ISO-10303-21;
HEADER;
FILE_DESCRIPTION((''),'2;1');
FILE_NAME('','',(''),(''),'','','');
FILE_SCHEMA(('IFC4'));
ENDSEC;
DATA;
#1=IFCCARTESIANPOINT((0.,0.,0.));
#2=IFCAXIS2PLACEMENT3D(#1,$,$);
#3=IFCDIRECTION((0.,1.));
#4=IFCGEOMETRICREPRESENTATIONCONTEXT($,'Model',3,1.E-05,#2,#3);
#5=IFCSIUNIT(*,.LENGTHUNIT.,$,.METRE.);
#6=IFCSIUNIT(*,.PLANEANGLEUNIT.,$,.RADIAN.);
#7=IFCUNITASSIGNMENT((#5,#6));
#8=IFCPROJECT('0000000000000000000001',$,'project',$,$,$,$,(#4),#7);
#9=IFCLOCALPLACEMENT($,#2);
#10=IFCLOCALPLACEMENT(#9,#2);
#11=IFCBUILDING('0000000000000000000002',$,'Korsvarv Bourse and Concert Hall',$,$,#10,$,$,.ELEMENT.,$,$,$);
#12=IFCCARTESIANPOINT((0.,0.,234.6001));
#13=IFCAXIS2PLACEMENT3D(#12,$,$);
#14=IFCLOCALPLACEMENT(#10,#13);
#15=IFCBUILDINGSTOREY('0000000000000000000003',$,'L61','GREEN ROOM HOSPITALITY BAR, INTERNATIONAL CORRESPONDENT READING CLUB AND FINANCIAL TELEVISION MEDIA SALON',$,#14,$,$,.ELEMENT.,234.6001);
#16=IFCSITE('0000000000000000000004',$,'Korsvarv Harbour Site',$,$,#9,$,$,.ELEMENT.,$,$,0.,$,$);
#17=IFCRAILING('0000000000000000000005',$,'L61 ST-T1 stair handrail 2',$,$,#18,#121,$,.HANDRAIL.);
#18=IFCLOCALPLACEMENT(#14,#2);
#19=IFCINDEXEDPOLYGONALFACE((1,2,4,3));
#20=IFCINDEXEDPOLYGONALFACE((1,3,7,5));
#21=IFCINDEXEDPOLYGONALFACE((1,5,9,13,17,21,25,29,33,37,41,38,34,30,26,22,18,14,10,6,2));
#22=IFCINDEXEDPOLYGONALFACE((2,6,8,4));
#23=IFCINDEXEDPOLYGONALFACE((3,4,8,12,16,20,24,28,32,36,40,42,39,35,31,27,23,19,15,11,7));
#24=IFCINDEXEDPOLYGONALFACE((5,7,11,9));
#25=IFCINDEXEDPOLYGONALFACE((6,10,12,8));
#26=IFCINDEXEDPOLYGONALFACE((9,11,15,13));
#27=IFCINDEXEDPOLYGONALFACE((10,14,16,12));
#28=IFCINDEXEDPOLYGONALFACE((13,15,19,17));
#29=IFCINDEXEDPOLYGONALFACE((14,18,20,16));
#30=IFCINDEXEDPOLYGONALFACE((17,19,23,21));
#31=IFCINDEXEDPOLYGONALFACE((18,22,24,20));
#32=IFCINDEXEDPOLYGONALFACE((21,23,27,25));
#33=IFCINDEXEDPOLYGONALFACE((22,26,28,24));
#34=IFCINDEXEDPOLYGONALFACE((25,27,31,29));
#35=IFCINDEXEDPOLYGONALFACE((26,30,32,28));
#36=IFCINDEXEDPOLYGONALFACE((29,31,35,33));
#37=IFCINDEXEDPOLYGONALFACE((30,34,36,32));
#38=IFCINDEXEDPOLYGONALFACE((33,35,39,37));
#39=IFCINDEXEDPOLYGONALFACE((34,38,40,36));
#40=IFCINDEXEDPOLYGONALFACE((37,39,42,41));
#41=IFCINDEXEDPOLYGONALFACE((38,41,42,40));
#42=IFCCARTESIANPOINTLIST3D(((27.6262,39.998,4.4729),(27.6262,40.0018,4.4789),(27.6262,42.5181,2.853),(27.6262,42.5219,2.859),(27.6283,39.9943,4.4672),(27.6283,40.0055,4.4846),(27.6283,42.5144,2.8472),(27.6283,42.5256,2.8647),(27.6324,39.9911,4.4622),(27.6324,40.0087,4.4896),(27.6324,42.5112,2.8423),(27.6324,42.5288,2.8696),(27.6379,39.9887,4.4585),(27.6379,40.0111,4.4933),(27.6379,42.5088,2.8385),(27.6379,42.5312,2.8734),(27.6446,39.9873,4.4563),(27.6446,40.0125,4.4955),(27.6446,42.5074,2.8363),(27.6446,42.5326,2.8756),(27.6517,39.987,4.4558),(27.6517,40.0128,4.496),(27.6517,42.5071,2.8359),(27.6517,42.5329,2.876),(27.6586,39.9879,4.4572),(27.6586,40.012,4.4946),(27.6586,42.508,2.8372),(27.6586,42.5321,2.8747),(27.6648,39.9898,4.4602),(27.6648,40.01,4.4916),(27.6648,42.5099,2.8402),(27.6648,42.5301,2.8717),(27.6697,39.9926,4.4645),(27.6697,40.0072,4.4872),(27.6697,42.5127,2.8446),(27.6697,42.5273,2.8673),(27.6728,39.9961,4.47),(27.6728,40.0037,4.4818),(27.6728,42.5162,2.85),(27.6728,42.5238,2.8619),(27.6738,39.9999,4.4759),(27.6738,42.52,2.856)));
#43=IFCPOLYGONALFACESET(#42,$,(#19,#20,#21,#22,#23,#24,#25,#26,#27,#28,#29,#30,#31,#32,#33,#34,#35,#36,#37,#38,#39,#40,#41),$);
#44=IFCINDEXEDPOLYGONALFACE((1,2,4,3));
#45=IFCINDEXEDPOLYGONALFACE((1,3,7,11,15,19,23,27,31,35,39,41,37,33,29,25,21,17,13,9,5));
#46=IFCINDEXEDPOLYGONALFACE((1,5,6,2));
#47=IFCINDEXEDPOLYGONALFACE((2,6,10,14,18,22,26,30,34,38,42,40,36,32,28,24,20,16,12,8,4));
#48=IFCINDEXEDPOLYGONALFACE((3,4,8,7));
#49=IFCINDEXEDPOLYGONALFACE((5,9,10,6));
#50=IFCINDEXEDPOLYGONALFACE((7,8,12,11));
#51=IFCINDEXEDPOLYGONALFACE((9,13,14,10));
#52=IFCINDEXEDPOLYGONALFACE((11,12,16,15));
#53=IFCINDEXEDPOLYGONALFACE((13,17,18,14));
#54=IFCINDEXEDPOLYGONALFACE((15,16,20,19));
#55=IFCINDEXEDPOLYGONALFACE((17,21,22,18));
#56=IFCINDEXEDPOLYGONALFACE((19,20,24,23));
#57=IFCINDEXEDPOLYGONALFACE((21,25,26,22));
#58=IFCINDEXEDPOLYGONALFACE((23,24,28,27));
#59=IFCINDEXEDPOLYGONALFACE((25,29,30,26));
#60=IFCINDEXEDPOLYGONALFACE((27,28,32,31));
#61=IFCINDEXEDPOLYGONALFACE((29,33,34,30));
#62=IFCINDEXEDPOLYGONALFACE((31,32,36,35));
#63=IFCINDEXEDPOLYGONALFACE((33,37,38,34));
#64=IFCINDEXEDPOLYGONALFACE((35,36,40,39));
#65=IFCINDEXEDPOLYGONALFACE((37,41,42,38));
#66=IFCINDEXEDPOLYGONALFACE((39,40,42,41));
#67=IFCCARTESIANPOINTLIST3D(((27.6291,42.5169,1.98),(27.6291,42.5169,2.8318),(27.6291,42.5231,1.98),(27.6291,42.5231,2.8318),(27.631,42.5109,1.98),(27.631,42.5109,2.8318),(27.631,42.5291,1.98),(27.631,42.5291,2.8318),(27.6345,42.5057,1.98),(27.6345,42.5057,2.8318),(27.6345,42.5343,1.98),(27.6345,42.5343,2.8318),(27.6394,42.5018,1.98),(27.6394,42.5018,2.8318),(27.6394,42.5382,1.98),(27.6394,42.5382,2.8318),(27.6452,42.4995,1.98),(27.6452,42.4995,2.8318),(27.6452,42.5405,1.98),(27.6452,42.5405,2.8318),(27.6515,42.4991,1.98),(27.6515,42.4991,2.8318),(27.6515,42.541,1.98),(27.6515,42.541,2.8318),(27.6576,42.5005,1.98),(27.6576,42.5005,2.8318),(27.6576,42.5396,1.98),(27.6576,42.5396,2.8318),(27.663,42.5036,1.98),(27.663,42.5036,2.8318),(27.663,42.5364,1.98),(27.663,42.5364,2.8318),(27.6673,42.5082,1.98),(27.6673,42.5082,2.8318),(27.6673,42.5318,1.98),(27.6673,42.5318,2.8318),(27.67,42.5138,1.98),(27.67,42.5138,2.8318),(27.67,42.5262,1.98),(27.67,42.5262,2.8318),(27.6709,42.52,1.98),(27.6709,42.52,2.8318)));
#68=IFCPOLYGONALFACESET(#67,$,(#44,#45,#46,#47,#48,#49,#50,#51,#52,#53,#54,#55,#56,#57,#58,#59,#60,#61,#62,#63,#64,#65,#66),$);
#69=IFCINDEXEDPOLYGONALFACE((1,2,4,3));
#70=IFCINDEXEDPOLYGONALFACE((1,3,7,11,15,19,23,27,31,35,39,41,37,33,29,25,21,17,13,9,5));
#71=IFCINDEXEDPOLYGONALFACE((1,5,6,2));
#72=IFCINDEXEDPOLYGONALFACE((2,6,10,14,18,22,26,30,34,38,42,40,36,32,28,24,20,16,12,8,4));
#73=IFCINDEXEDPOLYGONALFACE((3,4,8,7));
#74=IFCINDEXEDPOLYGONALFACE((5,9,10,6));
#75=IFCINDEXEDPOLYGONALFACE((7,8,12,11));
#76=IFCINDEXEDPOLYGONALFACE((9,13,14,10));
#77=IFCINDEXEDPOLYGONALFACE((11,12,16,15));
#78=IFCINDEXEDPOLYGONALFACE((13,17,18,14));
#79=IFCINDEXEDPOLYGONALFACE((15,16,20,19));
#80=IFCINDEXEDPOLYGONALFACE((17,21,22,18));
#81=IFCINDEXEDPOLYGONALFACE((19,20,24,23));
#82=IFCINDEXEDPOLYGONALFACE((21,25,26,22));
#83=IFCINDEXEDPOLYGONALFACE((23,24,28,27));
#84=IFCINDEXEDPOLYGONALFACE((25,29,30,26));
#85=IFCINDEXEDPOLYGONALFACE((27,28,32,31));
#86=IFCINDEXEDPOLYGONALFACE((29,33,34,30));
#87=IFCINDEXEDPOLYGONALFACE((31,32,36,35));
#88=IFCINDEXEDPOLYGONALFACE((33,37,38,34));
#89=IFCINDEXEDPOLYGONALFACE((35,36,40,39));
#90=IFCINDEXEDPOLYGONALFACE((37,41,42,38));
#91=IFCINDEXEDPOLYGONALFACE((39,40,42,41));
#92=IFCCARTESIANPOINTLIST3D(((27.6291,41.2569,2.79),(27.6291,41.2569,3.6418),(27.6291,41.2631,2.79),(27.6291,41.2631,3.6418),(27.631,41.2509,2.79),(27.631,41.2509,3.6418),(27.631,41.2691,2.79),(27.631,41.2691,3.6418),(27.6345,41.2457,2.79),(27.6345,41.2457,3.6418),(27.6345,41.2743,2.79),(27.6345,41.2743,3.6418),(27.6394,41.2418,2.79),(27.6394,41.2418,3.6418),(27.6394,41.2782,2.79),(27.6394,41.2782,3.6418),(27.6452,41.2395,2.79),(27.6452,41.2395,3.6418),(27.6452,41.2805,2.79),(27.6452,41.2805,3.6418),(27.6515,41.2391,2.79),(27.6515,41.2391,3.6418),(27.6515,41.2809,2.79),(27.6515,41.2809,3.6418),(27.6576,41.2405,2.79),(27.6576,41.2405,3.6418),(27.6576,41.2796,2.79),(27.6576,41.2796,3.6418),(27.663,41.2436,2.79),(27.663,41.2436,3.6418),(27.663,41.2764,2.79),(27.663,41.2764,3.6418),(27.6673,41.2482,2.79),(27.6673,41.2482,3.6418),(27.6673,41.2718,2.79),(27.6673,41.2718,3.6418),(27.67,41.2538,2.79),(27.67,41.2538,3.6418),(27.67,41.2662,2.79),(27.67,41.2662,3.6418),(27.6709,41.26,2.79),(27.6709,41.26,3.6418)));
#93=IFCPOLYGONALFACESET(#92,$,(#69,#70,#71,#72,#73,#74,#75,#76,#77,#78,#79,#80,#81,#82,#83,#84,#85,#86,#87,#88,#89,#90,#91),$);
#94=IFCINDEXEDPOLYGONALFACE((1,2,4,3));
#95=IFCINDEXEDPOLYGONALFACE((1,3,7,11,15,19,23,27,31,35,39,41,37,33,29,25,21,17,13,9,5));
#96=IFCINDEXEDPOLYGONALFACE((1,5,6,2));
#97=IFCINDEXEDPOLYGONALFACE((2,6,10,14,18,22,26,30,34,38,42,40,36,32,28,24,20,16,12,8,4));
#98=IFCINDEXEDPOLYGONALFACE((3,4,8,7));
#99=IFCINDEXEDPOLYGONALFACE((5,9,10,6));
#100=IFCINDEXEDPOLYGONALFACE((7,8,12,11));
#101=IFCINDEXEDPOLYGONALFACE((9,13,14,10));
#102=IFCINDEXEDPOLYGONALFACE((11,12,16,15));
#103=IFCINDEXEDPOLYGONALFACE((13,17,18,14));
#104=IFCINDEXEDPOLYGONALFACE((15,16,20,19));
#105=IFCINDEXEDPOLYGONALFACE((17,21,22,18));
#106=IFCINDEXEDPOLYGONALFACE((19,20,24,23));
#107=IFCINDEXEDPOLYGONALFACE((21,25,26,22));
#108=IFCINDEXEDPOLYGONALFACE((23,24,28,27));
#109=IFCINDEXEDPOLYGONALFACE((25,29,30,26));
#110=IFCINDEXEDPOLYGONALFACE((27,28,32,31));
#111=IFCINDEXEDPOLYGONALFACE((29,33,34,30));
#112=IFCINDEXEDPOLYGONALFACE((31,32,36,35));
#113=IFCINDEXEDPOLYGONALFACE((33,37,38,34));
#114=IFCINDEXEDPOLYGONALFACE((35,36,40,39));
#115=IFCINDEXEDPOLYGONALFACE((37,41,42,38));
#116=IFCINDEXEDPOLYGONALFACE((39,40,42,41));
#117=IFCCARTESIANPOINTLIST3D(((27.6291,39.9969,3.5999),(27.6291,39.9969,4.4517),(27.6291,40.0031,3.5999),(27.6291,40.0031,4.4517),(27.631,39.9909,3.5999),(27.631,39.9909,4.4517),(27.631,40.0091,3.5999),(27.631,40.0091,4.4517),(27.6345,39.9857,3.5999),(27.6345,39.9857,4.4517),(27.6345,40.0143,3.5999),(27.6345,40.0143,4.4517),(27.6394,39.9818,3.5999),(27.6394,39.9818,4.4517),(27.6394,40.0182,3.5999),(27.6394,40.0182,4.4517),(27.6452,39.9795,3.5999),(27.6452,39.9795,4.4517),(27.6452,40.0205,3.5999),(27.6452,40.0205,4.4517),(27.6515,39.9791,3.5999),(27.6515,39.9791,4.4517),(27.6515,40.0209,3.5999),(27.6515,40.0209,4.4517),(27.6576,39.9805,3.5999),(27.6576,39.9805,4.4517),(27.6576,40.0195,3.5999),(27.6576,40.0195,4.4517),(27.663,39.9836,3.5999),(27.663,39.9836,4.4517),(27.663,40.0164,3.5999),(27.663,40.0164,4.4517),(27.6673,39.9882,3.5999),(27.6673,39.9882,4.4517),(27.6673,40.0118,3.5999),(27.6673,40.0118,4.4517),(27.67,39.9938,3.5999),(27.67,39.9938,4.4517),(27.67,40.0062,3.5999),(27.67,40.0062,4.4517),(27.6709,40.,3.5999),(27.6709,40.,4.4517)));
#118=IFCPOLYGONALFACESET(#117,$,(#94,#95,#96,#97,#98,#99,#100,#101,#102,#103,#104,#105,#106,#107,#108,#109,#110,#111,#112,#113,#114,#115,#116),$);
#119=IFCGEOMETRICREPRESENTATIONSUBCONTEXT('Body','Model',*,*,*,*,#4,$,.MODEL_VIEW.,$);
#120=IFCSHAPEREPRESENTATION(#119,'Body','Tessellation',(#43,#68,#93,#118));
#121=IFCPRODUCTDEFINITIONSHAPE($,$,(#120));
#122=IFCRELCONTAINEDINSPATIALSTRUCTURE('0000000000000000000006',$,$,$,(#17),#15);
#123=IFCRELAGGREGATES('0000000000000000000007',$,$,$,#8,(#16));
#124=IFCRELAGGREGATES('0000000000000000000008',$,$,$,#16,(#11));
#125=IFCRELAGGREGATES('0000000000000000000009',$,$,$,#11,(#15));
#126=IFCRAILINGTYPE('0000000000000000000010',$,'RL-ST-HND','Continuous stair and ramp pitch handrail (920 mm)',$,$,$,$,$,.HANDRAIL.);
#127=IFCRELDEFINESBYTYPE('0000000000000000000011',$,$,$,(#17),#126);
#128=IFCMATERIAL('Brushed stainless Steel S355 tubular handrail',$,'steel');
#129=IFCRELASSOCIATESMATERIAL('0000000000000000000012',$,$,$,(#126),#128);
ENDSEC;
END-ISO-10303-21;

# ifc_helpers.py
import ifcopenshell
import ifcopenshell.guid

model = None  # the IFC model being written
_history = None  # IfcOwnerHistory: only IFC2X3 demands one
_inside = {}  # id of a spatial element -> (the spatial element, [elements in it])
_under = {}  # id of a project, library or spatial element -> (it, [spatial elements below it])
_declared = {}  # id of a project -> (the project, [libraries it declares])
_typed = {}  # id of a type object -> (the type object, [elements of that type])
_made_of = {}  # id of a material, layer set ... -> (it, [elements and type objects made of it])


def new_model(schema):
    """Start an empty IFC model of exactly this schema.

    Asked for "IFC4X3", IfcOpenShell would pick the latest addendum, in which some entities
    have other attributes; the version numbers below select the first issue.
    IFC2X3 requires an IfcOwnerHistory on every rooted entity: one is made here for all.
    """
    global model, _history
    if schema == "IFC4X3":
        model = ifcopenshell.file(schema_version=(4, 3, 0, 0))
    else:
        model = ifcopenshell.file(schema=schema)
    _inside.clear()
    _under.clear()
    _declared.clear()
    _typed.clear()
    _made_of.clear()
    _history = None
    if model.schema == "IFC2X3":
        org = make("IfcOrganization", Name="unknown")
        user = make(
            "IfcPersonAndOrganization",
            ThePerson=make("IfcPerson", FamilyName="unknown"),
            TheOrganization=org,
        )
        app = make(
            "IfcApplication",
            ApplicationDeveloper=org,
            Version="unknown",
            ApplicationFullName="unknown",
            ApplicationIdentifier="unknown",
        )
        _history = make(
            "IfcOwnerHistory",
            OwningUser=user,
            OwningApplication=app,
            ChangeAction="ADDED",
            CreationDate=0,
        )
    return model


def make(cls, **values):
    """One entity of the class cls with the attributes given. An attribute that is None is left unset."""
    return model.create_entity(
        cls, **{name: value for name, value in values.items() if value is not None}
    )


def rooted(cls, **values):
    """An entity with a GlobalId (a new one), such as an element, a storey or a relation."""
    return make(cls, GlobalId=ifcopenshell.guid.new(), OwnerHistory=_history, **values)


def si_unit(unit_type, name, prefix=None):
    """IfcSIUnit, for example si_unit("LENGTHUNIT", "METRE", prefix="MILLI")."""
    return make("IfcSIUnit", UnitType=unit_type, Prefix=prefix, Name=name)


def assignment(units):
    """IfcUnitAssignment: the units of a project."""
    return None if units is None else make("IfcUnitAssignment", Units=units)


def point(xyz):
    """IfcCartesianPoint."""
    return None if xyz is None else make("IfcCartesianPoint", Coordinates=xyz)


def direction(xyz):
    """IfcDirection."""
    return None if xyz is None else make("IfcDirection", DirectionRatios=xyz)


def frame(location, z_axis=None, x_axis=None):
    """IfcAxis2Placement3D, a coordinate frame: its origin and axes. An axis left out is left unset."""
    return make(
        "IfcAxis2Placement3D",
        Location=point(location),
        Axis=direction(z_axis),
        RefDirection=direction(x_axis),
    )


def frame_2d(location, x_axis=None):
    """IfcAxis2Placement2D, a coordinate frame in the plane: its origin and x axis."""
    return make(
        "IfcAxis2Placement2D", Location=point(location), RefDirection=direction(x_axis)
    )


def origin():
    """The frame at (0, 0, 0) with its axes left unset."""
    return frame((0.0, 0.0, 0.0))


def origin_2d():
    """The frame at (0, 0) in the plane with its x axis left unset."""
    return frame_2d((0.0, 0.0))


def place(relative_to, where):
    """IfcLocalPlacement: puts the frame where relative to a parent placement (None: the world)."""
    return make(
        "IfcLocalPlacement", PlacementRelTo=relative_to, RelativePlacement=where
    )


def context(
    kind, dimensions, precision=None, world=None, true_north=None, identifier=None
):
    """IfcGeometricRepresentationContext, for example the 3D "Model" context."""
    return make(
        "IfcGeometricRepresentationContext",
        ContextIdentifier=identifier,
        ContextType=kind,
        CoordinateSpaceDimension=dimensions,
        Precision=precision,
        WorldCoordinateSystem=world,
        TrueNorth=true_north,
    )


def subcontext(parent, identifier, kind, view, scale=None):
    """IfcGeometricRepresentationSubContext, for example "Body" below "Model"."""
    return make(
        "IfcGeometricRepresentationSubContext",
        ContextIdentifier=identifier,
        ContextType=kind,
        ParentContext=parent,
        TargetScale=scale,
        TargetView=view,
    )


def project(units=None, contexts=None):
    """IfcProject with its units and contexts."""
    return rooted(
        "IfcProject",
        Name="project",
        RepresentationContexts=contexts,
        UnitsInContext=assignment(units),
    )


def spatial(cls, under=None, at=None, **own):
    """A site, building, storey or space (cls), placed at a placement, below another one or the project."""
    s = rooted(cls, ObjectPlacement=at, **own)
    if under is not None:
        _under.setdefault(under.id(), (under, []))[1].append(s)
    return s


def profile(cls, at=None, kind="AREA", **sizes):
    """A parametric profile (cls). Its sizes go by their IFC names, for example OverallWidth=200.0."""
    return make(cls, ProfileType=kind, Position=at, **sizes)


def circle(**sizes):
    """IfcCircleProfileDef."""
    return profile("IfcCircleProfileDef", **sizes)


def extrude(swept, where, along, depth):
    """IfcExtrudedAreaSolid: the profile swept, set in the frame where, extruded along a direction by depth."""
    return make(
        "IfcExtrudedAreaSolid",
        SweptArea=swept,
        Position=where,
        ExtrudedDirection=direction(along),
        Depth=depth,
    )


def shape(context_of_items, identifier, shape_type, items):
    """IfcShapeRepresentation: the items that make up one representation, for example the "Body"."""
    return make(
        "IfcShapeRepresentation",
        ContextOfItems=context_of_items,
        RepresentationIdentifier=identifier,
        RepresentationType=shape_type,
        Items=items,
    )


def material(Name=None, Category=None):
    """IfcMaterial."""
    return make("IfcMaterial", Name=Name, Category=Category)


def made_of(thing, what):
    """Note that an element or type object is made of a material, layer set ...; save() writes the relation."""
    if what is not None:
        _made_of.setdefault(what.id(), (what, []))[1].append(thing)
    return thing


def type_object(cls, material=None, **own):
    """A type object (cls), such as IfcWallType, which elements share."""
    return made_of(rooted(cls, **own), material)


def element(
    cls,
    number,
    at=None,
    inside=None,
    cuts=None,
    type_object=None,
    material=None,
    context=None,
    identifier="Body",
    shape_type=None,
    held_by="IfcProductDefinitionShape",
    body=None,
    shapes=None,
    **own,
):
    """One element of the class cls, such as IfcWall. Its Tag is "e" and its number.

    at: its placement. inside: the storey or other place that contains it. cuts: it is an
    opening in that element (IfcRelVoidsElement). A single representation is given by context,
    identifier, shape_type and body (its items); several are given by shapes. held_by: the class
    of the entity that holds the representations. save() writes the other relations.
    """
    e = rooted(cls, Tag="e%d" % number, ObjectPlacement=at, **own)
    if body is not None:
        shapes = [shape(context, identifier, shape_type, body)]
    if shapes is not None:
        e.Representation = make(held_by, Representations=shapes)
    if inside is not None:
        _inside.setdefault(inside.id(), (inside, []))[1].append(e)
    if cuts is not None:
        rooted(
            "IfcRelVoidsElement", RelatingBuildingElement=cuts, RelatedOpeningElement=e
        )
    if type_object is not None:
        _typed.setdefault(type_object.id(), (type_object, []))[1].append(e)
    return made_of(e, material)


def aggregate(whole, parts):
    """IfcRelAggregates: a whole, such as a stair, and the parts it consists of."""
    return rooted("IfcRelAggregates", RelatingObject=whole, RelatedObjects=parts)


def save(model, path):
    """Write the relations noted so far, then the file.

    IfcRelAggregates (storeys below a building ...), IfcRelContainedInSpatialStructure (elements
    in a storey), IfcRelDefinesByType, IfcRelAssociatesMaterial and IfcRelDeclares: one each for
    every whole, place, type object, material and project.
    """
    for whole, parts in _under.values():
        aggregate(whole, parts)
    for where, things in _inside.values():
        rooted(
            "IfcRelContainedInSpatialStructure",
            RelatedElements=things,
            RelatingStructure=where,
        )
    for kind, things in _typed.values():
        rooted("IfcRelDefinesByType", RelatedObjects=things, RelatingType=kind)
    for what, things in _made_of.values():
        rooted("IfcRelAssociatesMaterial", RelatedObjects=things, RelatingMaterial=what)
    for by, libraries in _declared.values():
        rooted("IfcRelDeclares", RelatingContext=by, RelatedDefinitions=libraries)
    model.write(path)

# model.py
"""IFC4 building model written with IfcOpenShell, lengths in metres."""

from ifc_helpers import new_model, si_unit, direction, frame, origin, origin_2d, place, context, subcontext, project, spatial, circle, extrude, material, type_object, element, save


model = new_model("IFC4")

# Units and contexts
model_context = context("Model", 3, precision=1e-05, world=origin(), true_north=direction((0.0, 1.0)))
body_context = subcontext(model_context, "Body", "Model", "MODEL_VIEW")
ifc_project = project(units=[si_unit("LENGTHUNIT", "METRE"), si_unit("PLANEANGLEUNIT", "RADIAN")], contexts=[model_context])

# Site, building, storey
site_placement = place(None, origin())
site = spatial("IfcSite", under=ifc_project, at=site_placement, Name="Korsvarv Harbour Site", CompositionType="ELEMENT", RefElevation=0.0)
building_placement = place(site_placement, origin())
building = spatial("IfcBuilding", under=site, at=building_placement, Name="Korsvarv Bourse and Concert Hall", CompositionType="ELEMENT")
storey_placement = place(building_placement, frame((0.0, 0.0, 234.6001)))
storey = spatial("IfcBuildingStorey", under=building, at=storey_placement, Name="L61", Description="GREEN ROOM HOSPITALITY BAR, INTERNATIONAL CORRESPONDENT READING CLUB AND FINANCIAL TELEVISION MEDIA SALON", CompositionType="ELEMENT", Elevation=234.6001)

# Railing
ifc_material_1 = material(Name="Brushed stainless Steel S355 tubular handrail", Category="steel")
railing_type_1 = type_object("IfcRailingType", Name="RL-ST-HND", Description="Continuous stair and ramp pitch handrail (920 mm)", PredefinedType="HANDRAIL", material=ifc_material_1)
railing_1_placement = place(storey_placement, frame((27.6499, 42.52, 1.98)))
element("IfcRailing", 1, at=railing_1_placement, inside=storey, type_object=railing_type_1, Name="L61 ST-T1 stair handrail 2", PredefinedType="HANDRAIL", context=body_context, shape_type="SweptSolid", body=[
    extrude(circle(Radius=0.0239, at=origin_2d()), frame((0.0, 0.0, 0.876), z_axis=(0.0, -0.8412, 0.540725), x_axis=(1.0, 0.0, 0.0)), (0.0, 0.0, 1.0), 2.9958),
    extrude(circle(Radius=0.021, at=origin_2d()), origin(), (0.0, 0.0, 1.0), 0.8518),
    extrude(circle(Radius=0.021, at=origin_2d()), frame((0.0, -1.26, 0.8101)), (0.0, 0.0, 1.0), 0.8518),
    extrude(circle(Radius=0.021, at=origin_2d()), frame((0.0, -2.52, 1.6199)), (0.0, 0.0, 1.0), 0.8518),
])

save(model, "model.ifc")
